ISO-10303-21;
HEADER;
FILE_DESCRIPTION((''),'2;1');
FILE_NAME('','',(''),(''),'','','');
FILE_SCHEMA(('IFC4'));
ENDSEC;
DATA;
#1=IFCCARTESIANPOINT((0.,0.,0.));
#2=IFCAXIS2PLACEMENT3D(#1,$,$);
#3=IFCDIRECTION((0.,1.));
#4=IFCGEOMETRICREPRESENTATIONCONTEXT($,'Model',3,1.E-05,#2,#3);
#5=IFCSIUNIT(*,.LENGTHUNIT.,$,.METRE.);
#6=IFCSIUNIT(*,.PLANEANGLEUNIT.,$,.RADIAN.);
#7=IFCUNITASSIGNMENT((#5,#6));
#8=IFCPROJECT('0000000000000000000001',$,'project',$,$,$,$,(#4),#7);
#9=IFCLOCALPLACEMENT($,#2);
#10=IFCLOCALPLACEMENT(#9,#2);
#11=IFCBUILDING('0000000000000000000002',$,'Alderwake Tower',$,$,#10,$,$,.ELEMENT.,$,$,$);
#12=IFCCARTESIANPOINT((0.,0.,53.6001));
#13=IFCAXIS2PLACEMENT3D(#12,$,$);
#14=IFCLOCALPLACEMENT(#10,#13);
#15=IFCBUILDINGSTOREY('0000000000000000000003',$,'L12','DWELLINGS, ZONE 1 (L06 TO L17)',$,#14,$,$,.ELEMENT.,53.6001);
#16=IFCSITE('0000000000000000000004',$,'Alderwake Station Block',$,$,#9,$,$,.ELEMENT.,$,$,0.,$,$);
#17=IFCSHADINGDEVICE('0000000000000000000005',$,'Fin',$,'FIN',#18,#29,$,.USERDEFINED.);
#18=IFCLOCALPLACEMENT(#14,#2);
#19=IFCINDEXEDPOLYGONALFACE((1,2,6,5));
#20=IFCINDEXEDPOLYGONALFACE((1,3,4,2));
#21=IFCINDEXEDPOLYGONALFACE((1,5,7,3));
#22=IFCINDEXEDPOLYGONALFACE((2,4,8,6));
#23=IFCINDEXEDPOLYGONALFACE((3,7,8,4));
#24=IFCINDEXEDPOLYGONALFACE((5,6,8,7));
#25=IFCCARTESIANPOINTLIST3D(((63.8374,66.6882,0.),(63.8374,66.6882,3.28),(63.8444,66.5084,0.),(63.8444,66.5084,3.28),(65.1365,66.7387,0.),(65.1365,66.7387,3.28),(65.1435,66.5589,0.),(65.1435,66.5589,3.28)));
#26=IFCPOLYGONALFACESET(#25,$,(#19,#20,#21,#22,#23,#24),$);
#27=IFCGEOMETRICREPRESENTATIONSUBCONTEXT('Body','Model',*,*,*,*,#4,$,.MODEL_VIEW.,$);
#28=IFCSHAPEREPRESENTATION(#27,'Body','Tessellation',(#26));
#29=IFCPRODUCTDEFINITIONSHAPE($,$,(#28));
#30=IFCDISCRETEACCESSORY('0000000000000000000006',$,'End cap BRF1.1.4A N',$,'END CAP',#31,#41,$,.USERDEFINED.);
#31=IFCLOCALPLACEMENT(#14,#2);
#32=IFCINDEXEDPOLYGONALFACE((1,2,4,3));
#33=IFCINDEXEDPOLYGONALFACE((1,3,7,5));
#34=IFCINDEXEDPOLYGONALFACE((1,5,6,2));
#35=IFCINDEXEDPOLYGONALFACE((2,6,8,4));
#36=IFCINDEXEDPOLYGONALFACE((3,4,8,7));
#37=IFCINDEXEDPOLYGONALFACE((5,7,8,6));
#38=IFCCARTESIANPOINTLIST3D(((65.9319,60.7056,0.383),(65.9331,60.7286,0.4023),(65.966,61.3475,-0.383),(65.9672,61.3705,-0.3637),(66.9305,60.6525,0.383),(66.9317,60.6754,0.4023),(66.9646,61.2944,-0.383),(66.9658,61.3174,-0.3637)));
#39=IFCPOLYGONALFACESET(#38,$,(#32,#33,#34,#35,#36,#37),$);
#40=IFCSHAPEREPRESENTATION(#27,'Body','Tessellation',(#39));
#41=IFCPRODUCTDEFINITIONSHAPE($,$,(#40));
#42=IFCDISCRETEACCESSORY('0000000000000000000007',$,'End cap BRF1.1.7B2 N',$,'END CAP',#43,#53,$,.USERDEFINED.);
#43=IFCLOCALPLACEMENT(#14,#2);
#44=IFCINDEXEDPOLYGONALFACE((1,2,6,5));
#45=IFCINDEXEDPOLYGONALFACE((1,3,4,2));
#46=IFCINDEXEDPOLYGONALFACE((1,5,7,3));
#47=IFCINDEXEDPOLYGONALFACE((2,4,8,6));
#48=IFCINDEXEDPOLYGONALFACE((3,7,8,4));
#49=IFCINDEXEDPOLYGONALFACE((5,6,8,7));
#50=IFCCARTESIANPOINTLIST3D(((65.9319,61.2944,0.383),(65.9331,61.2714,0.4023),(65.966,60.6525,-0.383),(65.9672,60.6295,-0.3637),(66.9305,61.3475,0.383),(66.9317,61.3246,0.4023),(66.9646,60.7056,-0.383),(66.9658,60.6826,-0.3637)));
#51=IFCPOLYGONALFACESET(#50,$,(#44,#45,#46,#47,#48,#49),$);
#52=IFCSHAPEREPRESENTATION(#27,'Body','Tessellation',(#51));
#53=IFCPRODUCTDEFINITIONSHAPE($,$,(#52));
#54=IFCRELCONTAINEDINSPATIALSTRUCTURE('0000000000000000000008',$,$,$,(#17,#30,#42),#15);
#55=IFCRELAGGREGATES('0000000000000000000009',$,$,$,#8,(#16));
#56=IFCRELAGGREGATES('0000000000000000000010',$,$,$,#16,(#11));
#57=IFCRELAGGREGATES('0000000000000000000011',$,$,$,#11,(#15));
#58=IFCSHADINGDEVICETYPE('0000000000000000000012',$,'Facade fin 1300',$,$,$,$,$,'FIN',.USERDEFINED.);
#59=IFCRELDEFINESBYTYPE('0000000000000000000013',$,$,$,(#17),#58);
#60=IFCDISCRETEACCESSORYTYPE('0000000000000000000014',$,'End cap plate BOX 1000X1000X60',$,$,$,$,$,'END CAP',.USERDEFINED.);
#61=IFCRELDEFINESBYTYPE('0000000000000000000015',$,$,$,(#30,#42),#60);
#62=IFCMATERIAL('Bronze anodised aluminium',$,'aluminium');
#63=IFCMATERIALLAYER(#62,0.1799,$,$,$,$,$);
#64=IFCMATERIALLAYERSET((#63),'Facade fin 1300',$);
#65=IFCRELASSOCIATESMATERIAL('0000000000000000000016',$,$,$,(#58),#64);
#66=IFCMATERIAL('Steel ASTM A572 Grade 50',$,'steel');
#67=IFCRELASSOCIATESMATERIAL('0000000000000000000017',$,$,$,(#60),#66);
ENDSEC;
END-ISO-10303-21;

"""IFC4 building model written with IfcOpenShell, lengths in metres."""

from ifc_helpers import new_model, si_unit, direction, frame, origin, origin_2d, place, context, subcontext, project, spatial, rectangle, extrude, material, layer, layer_set, material_profile, profile_set, type_object, element, save


model = new_model("IFC4")

# Units and contexts
model_context = context("Model", 3, precision=1e-05, world=origin(), true_north=direction((0.0, 1.0)))
body_context = subcontext(model_context, "Body", "Model", "MODEL_VIEW")
ifc_project = project(units=[si_unit("LENGTHUNIT", "METRE"), si_unit("PLANEANGLEUNIT", "RADIAN")], contexts=[model_context])

# Site, building, storey
site_placement = place(None, origin())
site = spatial("IfcSite", under=ifc_project, at=site_placement, Name="Alderwake Station Block", CompositionType="ELEMENT", RefElevation=0.0)
building_placement = place(site_placement, origin())
building = spatial("IfcBuilding", under=site, at=building_placement, Name="Alderwake Tower", CompositionType="ELEMENT")
storey_placement = place(building_placement, frame((0.0, 0.0, 53.6001)))
storey = spatial("IfcBuildingStorey", under=building, at=storey_placement, Name="L12", Description="DWELLINGS, ZONE 1 (L06 TO L17)", CompositionType="ELEMENT", Elevation=53.6001)

# Shading device
ifc_material_1 = material(Name="Bronze anodised aluminium", Category="aluminium")
ifc_layer_1 = layer(ifc_material_1, 0.1799)
ifc_layer_set_1 = layer_set([ifc_layer_1], Name="Facade fin 1300")
shading_device_type = type_object("IfcShadingDeviceType", Name="Facade fin 1300", ElementType="FIN", PredefinedType="USERDEFINED", material=ifc_layer_set_1)
shading_device_placement = place(storey_placement, frame((64.4905, 66.6235, 0.0), z_axis=(0.0, 0.0, 1.0), x_axis=(0.999243, 0.03889, 0.0)))
element("IfcShadingDevice", 1, at=shading_device_placement, inside=storey, type_object=shading_device_type, Name="Fin", ObjectType="FIN", PredefinedType="USERDEFINED", context=body_context, shape_type="SweptSolid", body=[
    extrude(rectangle(XDim=1.3, YDim=0.1799, at=origin_2d()), origin(), (0.0, 0.0, 1.0), 3.28),
])

# Discrete accessories
ifc_material_2 = material(Name="Steel ASTM A572 Grade 50", Category="steel")
ifc_material_profile_1 = material_profile(ifc_material_2, rectangle(XDim=1.0, YDim=1.0, at=origin_2d()), Name="BOX 1000X1000X60 cap")
ifc_profile_set_1 = profile_set([ifc_material_profile_1], Name="Steel ASTM A572 Grade 50")
discrete_accessory_type = type_object("IfcDiscreteAccessoryType", Name="End cap plate BOX 1000X1000X60", ElementType="END CAP", PredefinedType="USERDEFINED", material=ifc_profile_set_1)
for number, where, z_axis, x_axis, name in (
    (2, (66.4482, 61.0, 0.0), (0.040687, 0.76491, 0.64285), (-0.998588, 0.053116, 0.0), "End cap BRF1.1.4A N"),
    (3, (66.4482, 61.0, 0.0), (0.040687, -0.76491, 0.64285), (0.998588, 0.053116, 0.0), "End cap BRF1.1.7B2 N"),
):
    element("IfcDiscreteAccessory", number, at=place(storey_placement, frame(where, z_axis=z_axis, x_axis=x_axis)), inside=storey, type_object=discrete_accessory_type, Name=name, ObjectType="END CAP", PredefinedType="USERDEFINED", context=body_context, shape_type="SweptSolid", body=[
        extrude(rectangle(XDim=1.0, YDim=1.0, at=origin_2d()), origin(), (0.0, 0.0, 1.0), 0.03),
    ])

save(model, "model.ifc")
